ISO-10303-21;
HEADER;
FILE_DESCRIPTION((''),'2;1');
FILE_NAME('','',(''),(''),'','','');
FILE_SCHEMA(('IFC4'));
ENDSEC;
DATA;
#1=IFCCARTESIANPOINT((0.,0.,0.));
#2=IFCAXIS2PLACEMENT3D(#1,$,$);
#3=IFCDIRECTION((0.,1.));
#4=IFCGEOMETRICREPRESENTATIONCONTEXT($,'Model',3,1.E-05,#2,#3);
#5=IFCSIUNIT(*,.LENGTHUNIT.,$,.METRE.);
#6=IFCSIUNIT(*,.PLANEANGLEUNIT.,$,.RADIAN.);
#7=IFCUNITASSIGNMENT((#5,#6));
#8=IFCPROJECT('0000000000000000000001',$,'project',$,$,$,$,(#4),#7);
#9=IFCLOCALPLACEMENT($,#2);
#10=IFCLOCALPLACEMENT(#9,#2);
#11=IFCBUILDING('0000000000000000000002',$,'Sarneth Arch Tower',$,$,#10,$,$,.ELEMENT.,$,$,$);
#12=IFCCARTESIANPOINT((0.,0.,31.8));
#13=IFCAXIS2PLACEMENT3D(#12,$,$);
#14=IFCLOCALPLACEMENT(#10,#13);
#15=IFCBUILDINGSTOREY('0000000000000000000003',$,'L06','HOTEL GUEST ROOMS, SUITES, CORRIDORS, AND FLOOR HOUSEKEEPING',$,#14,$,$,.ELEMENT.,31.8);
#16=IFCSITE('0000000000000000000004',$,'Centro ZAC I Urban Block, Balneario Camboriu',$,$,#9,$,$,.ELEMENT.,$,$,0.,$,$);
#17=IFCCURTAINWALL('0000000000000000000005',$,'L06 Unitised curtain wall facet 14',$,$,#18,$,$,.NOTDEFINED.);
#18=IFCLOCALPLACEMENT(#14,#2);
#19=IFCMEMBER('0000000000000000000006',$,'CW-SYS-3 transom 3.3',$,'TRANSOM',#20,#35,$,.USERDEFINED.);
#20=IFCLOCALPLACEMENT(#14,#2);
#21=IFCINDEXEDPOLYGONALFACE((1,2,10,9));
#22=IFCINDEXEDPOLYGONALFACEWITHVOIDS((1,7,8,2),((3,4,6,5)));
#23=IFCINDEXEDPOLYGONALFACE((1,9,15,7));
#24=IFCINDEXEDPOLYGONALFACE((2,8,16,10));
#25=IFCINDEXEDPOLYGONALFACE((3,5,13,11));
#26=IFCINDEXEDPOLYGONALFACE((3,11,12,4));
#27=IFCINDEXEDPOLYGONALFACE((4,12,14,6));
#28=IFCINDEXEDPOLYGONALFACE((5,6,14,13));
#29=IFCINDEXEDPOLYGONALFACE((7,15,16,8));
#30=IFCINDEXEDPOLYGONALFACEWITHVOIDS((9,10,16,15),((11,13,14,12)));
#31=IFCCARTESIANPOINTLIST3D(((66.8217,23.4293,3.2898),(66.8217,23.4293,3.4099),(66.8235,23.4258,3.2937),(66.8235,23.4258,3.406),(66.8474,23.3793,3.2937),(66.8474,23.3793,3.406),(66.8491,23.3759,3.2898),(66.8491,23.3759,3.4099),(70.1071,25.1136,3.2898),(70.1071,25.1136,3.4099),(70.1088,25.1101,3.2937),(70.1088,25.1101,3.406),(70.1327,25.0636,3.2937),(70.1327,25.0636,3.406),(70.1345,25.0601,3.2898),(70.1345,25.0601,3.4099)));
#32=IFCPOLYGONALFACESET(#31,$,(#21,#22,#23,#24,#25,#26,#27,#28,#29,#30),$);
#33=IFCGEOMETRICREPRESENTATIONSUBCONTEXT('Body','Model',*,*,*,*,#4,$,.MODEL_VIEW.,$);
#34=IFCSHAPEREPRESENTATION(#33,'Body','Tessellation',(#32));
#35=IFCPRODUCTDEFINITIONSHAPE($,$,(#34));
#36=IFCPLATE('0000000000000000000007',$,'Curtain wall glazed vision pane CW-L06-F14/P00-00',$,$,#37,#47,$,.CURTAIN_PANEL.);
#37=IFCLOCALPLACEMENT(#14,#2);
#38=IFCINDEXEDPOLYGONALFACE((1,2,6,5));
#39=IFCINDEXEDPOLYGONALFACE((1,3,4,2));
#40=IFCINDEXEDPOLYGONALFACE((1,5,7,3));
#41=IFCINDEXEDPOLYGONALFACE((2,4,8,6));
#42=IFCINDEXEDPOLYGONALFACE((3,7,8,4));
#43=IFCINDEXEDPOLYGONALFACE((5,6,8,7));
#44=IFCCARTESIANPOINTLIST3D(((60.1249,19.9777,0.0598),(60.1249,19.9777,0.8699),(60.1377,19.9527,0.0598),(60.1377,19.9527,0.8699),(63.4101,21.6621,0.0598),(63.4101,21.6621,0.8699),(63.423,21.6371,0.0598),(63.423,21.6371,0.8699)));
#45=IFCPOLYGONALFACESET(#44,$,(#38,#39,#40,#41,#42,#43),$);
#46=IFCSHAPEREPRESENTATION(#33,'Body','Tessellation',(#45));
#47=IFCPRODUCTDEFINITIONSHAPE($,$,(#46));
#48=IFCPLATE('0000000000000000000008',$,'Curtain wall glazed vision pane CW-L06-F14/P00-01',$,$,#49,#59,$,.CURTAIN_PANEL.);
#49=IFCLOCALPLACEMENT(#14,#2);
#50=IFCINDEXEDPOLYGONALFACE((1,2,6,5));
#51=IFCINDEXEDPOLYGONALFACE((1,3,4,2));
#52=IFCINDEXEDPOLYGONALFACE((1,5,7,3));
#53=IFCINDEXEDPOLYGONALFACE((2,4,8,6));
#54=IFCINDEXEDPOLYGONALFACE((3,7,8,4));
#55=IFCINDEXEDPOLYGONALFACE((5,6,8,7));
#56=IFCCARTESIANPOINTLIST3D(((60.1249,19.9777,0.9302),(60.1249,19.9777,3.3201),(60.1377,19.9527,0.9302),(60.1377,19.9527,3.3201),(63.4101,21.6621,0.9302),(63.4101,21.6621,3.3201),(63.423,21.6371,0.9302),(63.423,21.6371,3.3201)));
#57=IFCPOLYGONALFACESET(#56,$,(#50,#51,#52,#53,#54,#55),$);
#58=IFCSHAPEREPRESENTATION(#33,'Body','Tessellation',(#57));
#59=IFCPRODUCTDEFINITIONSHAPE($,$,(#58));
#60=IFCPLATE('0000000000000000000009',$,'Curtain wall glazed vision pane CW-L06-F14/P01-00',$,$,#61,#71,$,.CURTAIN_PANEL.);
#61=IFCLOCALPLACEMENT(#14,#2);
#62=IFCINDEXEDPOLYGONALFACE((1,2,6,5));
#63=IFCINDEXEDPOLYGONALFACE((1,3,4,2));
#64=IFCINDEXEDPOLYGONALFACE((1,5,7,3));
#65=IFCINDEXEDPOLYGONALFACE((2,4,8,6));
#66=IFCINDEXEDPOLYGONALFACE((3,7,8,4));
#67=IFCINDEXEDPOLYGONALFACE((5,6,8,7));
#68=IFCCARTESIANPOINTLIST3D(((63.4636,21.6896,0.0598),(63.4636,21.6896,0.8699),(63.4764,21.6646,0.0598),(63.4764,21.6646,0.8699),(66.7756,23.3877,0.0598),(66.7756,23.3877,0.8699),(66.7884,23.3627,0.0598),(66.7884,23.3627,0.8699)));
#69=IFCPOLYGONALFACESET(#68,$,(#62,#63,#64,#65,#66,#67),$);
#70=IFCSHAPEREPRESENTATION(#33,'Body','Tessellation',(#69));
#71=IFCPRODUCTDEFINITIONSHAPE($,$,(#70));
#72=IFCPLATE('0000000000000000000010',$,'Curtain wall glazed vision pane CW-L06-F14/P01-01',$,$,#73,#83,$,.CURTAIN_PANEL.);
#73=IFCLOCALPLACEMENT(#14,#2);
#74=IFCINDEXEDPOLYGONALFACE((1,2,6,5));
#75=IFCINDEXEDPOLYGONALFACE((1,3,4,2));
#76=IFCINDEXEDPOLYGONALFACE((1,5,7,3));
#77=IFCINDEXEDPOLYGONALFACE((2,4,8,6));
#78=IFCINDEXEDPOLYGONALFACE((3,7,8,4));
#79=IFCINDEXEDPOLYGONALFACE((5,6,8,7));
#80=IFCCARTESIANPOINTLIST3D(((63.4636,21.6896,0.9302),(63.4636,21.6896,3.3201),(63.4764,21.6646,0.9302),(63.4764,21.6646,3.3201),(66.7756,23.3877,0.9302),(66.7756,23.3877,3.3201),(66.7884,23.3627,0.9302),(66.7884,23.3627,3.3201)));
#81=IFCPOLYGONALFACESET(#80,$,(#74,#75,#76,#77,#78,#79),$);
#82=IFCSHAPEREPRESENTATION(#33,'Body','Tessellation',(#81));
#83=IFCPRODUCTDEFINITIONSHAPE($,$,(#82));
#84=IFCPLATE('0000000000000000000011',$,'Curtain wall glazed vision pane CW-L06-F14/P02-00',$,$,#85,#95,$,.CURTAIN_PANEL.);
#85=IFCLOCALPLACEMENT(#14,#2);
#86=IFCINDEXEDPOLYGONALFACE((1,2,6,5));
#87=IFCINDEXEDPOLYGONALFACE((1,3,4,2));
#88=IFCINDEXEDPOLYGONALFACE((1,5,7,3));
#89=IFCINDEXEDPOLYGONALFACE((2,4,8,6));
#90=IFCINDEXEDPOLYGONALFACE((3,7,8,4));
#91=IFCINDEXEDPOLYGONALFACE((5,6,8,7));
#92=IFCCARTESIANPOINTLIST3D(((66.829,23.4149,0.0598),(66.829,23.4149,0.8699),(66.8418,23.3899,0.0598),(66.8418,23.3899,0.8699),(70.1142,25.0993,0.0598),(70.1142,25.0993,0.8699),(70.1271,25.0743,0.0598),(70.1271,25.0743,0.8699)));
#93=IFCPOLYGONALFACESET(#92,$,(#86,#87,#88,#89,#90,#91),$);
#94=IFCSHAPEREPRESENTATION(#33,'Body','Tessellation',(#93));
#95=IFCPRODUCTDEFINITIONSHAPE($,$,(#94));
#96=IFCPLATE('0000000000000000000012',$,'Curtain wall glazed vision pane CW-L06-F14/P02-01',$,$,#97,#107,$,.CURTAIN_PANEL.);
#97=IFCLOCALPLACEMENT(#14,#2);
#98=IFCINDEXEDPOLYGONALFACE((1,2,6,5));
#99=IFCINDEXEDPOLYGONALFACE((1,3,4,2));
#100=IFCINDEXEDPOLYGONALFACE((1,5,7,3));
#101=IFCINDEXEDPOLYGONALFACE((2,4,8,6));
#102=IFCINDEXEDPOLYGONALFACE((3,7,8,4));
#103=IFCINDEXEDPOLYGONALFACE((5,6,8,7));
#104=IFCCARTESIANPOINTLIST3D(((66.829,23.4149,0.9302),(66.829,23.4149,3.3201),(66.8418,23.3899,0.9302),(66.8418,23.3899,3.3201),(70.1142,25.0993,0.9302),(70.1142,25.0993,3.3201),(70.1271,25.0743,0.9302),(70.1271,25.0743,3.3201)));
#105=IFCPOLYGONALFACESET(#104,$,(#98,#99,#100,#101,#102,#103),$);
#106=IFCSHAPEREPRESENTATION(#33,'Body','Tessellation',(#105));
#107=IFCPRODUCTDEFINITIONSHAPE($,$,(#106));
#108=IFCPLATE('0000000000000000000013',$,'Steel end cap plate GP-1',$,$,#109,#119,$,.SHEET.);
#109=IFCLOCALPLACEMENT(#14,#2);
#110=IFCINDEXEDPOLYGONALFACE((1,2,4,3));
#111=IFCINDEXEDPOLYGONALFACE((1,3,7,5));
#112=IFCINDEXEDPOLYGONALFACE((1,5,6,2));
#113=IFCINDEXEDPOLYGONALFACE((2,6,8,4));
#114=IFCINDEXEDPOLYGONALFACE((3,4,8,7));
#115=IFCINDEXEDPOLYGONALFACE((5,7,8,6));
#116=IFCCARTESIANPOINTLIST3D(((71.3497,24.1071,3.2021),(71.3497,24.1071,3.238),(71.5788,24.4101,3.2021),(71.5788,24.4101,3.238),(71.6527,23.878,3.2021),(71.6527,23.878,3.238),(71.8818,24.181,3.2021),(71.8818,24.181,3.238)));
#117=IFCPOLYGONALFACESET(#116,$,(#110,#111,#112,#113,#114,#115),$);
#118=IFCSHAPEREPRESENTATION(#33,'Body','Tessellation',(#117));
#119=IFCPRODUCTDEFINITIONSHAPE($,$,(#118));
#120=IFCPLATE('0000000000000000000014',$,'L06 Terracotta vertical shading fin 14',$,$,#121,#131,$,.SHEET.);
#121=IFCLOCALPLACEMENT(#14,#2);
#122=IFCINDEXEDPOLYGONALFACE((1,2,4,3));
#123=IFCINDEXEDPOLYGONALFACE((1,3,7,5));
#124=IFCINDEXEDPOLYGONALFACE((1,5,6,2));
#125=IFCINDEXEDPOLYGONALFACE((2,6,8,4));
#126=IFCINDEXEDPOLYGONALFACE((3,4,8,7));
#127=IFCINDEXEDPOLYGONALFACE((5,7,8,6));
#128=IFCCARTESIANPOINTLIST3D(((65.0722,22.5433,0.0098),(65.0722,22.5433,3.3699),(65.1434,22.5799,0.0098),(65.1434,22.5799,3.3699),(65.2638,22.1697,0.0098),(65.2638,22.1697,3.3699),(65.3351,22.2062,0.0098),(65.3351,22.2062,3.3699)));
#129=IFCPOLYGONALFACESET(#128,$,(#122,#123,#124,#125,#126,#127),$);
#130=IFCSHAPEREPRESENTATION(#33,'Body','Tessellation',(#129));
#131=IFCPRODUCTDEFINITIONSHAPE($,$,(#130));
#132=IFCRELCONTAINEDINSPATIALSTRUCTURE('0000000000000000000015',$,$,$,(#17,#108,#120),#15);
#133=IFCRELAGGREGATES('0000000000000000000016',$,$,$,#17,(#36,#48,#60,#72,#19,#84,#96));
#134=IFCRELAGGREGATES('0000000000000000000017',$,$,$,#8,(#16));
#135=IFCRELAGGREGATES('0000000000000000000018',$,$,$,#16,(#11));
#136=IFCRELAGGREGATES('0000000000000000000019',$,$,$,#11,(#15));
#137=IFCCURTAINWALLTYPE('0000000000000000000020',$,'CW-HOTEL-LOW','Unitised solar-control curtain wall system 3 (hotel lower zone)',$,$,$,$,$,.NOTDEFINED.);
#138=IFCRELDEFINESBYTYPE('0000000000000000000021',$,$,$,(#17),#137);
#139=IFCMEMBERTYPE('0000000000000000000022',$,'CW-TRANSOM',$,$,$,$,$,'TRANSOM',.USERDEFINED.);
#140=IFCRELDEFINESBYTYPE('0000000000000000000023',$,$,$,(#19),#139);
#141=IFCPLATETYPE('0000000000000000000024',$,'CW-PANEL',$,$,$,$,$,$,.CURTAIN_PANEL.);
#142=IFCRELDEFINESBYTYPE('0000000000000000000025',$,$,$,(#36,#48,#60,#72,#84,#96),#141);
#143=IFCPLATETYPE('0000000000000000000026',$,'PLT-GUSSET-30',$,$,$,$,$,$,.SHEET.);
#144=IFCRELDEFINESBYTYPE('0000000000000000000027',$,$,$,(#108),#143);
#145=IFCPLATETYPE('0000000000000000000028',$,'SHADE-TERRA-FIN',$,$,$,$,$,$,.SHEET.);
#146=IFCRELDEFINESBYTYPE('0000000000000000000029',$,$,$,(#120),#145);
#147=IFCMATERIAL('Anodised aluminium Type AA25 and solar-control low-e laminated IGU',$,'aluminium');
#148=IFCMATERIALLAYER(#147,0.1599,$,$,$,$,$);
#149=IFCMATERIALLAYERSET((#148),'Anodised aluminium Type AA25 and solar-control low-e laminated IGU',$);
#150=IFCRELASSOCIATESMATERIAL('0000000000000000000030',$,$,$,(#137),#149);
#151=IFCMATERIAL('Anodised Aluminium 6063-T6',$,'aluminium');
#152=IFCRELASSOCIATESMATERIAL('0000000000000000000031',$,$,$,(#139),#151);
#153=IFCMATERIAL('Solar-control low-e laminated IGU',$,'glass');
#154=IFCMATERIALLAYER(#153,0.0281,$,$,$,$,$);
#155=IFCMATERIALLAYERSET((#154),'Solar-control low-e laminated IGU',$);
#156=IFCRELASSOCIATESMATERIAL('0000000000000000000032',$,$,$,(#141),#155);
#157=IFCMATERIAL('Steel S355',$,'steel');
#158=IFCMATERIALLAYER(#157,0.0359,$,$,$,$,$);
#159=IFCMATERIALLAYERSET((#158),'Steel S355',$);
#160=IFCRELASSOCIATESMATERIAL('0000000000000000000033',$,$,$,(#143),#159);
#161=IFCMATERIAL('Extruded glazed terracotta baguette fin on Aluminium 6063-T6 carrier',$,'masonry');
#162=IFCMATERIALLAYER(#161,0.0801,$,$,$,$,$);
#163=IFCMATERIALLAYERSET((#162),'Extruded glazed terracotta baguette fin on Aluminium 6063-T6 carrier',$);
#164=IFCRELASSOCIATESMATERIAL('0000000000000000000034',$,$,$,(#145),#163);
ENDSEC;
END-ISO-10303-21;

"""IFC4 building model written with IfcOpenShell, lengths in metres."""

from ifc_helpers import new_model, si_unit, direction, frame, origin, origin_2d, place, context, subcontext, project, spatial, rectangle, hollow_rectangle, extrude, material, layer, layer_set, material_profile, profile_set, type_object, element, aggregate, save


model = new_model("IFC4")

# Units and contexts
model_context = context("Model", 3, precision=1e-05, world=origin(), true_north=direction((0.0, 1.0)))
body_context = subcontext(model_context, "Body", "Model", "MODEL_VIEW")
ifc_project = project(units=[si_unit("LENGTHUNIT", "METRE"), si_unit("PLANEANGLEUNIT", "RADIAN")], contexts=[model_context])

# Site, building, storey
site_placement = place(None, origin())
site = spatial("IfcSite", under=ifc_project, at=site_placement, Name="Centro ZAC I Urban Block, Balneario Camboriu", CompositionType="ELEMENT", RefElevation=0.0)
building_placement = place(site_placement, origin())
building = spatial("IfcBuilding", under=site, at=building_placement, Name="Sarneth Arch Tower", CompositionType="ELEMENT")
storey_placement = place(building_placement, frame((0.0, 0.0, 31.8)))
storey = spatial("IfcBuildingStorey", under=building, at=storey_placement, Name="L06", Description="HOTEL GUEST ROOMS, SUITES, CORRIDORS, AND FLOOR HOUSEKEEPING", CompositionType="ELEMENT", Elevation=31.8)

# Curtain wall, member, plates
ifc_material_1 = material(Name="Anodised aluminium Type AA25 and solar-control low-e laminated IGU", Category="aluminium")
ifc_layer_1 = layer(ifc_material_1, 0.1599)
ifc_layer_set_1 = layer_set([ifc_layer_1], Name="Anodised aluminium Type AA25 and solar-control low-e laminated IGU")
curtain_wall_type = type_object("IfcCurtainWallType", Name="CW-HOTEL-LOW", Description="Unitised solar-control curtain wall system 3 (hotel lower zone)", PredefinedType="NOTDEFINED", material=ifc_layer_set_1)
curtain_wall_placement = place(storey_placement, origin())
curtain_wall = element("IfcCurtainWall", 1, at=curtain_wall_placement, inside=storey, type_object=curtain_wall_type, Name="L06 Unitised curtain wall facet 14", PredefinedType="NOTDEFINED")
ifc_material_2 = material(Name="Anodised Aluminium 6063-T6", Category="aluminium")
ifc_material_profile_1 = material_profile(ifc_material_2, hollow_rectangle(XDim=0.0601, YDim=0.1201, WallThickness=0.0039, at=origin_2d()), Name="AL-TRAN-120x60x4")
ifc_profile_set_1 = profile_set([ifc_material_profile_1], Name="Anodised Aluminium 6063-T6")
member_type_1 = type_object("IfcMemberType", Name="CW-TRANSOM", ElementType="TRANSOM", PredefinedType="USERDEFINED", material=ifc_profile_set_1)
member_1_placement = place(storey_placement, frame((66.8354, 23.4026, 3.3499), z_axis=(0.889872, 0.456211, 0.0), x_axis=(-0.456211, 0.889872, 0.0)))
member_1 = element("IfcMember", 2, at=member_1_placement, type_object=member_type_1, Name="CW-SYS-3 transom 3.3", ObjectType="TRANSOM", PredefinedType="USERDEFINED", context=body_context, shape_type="SweptSolid", body=[
    extrude(hollow_rectangle(XDim=0.0601, YDim=0.1201, WallThickness=0.0039, at=origin_2d()), origin(), (0.0, 0.0, 1.0), 3.6919),
])
ifc_material_3 = material(Name="Solar-control low-e laminated IGU", Category="glass")
ifc_layer_2 = layer(ifc_material_3, 0.0281)
ifc_layer_set_2 = layer_set([ifc_layer_2], Name="Solar-control low-e laminated IGU")
plate_type_1 = type_object("IfcPlateType", Name="CW-PANEL", PredefinedType="CURTAIN_PANEL", material=ifc_layer_set_2)
plate_1_placement = place(storey_placement, frame((61.7739, 20.8074, 0.0598), z_axis=(0.0, 0.0, 1.0), x_axis=(0.889854, 0.456245, 0.0)))
plate_1 = element("IfcPlate", 3, at=plate_1_placement, type_object=plate_type_1, Name="Curtain wall glazed vision pane CW-L06-F14/P00-00", PredefinedType="CURTAIN_PANEL", context=body_context, shape_type="SweptSolid", body=[
    extrude(rectangle(XDim=3.6919, YDim=0.0281, at=origin_2d()), origin(), (0.0, 0.0, 1.0), 0.8101),
])
plate_2_placement = place(storey_placement, frame((61.7739, 20.8074, 0.9302), z_axis=(0.0, 0.0, 1.0), x_axis=(0.889854, 0.456245, 0.0)))
plate_2 = element("IfcPlate", 4, at=plate_2_placement, type_object=plate_type_1, Name="Curtain wall glazed vision pane CW-L06-F14/P00-01", PredefinedType="CURTAIN_PANEL", context=body_context, shape_type="SweptSolid", body=[
    extrude(rectangle(XDim=3.6919, YDim=0.0281, at=origin_2d()), origin(), (0.0, 0.0, 1.0), 2.3899),
])
plate_3_placement = place(storey_placement, frame((65.126, 22.5261, 0.0598), z_axis=(0.0, 0.0, 1.0), x_axis=(0.889854, 0.456245, 0.0)))
plate_3 = element("IfcPlate", 5, at=plate_3_placement, type_object=plate_type_1, Name="Curtain wall glazed vision pane CW-L06-F14/P01-00", PredefinedType="CURTAIN_PANEL", context=body_context, shape_type="SweptSolid", body=[
    extrude(rectangle(XDim=3.7219, YDim=0.0281, at=origin_2d()), origin(), (0.0, 0.0, 1.0), 0.8101),
])
plate_4_placement = place(storey_placement, frame((65.126, 22.5261, 0.9302), z_axis=(0.0, 0.0, 1.0), x_axis=(0.889854, 0.456245, 0.0)))
plate_4 = element("IfcPlate", 6, at=plate_4_placement, type_object=plate_type_1, Name="Curtain wall glazed vision pane CW-L06-F14/P01-01", PredefinedType="CURTAIN_PANEL", context=body_context, shape_type="SweptSolid", body=[
    extrude(rectangle(XDim=3.7219, YDim=0.0281, at=origin_2d()), origin(), (0.0, 0.0, 1.0), 2.3899),
])
plate_5_placement = place(storey_placement, frame((68.478, 24.2446, 0.0598), z_axis=(0.0, 0.0, 1.0), x_axis=(0.889854, 0.456245, 0.0)))
plate_5 = element("IfcPlate", 7, at=plate_5_placement, type_object=plate_type_1, Name="Curtain wall glazed vision pane CW-L06-F14/P02-00", PredefinedType="CURTAIN_PANEL", context=body_context, shape_type="SweptSolid", body=[
    extrude(rectangle(XDim=3.6919, YDim=0.0281, at=origin_2d()), origin(), (0.0, 0.0, 1.0), 0.8101),
])
plate_6_placement = place(storey_placement, frame((68.478, 24.2446, 0.9302), z_axis=(0.0, 0.0, 1.0), x_axis=(0.889854, 0.456245, 0.0)))
plate_6 = element("IfcPlate", 8, at=plate_6_placement, type_object=plate_type_1, Name="Curtain wall glazed vision pane CW-L06-F14/P02-01", PredefinedType="CURTAIN_PANEL", context=body_context, shape_type="SweptSolid", body=[
    extrude(rectangle(XDim=3.6919, YDim=0.0281, at=origin_2d()), origin(), (0.0, 0.0, 1.0), 2.3899),
])
aggregate(curtain_wall, [plate_1, plate_2, plate_3, plate_4, member_1, plate_5, plate_6])

# Plates
ifc_material_4 = material(Name="Steel S355", Category="steel")
ifc_layer_3 = layer(ifc_material_4, 0.0359)
ifc_layer_set_3 = layer_set([ifc_layer_3], Name="Steel S355")
plate_type_2 = type_object("IfcPlateType", Name="PLT-GUSSET-30", PredefinedType="SHEET", material=ifc_layer_set_3)
plate_7_placement = place(storey_placement, frame((71.6157, 24.144, 3.2021), z_axis=(0.0, 0.0, 1.0), x_axis=(0.797689, -0.603069, 0.0)))
element("IfcPlate", 9, at=plate_7_placement, inside=storey, type_object=plate_type_2, Name="Steel end cap plate GP-1", PredefinedType="SHEET", context=body_context, shape_type="SweptSolid", body=[
    extrude(rectangle(XDim=0.3799, YDim=0.3799, at=origin_2d()), origin(), (0.0, 0.0, 1.0), 0.0359),
])
ifc_material_5 = material(Name="Extruded glazed terracotta baguette fin on Aluminium 6063-T6 carrier", Category="masonry")
ifc_layer_4 = layer(ifc_material_5, 0.0801)
ifc_layer_set_4 = layer_set([ifc_layer_4], Name="Extruded glazed terracotta baguette fin on Aluminium 6063-T6 carrier")
plate_type_3 = type_object("IfcPlateType", Name="SHADE-TERRA-FIN", PredefinedType="SHEET", material=ifc_layer_set_4)
plate_8_placement = place(storey_placement, frame((65.2036, 22.3748, 0.0098), z_axis=(0.0, 0.0, 1.0), x_axis=(0.456322, -0.889815, 0.0)))
element("IfcPlate", 10, at=plate_8_placement, inside=storey, type_object=plate_type_3, Name="L06 Terracotta vertical shading fin 14", PredefinedType="SHEET", context=body_context, shape_type="SweptSolid", body=[
    extrude(rectangle(XDim=0.4199, YDim=0.0801, at=origin_2d()), origin(), (0.0, 0.0, 1.0), 3.3601),
])

save(model, "model.ifc")
